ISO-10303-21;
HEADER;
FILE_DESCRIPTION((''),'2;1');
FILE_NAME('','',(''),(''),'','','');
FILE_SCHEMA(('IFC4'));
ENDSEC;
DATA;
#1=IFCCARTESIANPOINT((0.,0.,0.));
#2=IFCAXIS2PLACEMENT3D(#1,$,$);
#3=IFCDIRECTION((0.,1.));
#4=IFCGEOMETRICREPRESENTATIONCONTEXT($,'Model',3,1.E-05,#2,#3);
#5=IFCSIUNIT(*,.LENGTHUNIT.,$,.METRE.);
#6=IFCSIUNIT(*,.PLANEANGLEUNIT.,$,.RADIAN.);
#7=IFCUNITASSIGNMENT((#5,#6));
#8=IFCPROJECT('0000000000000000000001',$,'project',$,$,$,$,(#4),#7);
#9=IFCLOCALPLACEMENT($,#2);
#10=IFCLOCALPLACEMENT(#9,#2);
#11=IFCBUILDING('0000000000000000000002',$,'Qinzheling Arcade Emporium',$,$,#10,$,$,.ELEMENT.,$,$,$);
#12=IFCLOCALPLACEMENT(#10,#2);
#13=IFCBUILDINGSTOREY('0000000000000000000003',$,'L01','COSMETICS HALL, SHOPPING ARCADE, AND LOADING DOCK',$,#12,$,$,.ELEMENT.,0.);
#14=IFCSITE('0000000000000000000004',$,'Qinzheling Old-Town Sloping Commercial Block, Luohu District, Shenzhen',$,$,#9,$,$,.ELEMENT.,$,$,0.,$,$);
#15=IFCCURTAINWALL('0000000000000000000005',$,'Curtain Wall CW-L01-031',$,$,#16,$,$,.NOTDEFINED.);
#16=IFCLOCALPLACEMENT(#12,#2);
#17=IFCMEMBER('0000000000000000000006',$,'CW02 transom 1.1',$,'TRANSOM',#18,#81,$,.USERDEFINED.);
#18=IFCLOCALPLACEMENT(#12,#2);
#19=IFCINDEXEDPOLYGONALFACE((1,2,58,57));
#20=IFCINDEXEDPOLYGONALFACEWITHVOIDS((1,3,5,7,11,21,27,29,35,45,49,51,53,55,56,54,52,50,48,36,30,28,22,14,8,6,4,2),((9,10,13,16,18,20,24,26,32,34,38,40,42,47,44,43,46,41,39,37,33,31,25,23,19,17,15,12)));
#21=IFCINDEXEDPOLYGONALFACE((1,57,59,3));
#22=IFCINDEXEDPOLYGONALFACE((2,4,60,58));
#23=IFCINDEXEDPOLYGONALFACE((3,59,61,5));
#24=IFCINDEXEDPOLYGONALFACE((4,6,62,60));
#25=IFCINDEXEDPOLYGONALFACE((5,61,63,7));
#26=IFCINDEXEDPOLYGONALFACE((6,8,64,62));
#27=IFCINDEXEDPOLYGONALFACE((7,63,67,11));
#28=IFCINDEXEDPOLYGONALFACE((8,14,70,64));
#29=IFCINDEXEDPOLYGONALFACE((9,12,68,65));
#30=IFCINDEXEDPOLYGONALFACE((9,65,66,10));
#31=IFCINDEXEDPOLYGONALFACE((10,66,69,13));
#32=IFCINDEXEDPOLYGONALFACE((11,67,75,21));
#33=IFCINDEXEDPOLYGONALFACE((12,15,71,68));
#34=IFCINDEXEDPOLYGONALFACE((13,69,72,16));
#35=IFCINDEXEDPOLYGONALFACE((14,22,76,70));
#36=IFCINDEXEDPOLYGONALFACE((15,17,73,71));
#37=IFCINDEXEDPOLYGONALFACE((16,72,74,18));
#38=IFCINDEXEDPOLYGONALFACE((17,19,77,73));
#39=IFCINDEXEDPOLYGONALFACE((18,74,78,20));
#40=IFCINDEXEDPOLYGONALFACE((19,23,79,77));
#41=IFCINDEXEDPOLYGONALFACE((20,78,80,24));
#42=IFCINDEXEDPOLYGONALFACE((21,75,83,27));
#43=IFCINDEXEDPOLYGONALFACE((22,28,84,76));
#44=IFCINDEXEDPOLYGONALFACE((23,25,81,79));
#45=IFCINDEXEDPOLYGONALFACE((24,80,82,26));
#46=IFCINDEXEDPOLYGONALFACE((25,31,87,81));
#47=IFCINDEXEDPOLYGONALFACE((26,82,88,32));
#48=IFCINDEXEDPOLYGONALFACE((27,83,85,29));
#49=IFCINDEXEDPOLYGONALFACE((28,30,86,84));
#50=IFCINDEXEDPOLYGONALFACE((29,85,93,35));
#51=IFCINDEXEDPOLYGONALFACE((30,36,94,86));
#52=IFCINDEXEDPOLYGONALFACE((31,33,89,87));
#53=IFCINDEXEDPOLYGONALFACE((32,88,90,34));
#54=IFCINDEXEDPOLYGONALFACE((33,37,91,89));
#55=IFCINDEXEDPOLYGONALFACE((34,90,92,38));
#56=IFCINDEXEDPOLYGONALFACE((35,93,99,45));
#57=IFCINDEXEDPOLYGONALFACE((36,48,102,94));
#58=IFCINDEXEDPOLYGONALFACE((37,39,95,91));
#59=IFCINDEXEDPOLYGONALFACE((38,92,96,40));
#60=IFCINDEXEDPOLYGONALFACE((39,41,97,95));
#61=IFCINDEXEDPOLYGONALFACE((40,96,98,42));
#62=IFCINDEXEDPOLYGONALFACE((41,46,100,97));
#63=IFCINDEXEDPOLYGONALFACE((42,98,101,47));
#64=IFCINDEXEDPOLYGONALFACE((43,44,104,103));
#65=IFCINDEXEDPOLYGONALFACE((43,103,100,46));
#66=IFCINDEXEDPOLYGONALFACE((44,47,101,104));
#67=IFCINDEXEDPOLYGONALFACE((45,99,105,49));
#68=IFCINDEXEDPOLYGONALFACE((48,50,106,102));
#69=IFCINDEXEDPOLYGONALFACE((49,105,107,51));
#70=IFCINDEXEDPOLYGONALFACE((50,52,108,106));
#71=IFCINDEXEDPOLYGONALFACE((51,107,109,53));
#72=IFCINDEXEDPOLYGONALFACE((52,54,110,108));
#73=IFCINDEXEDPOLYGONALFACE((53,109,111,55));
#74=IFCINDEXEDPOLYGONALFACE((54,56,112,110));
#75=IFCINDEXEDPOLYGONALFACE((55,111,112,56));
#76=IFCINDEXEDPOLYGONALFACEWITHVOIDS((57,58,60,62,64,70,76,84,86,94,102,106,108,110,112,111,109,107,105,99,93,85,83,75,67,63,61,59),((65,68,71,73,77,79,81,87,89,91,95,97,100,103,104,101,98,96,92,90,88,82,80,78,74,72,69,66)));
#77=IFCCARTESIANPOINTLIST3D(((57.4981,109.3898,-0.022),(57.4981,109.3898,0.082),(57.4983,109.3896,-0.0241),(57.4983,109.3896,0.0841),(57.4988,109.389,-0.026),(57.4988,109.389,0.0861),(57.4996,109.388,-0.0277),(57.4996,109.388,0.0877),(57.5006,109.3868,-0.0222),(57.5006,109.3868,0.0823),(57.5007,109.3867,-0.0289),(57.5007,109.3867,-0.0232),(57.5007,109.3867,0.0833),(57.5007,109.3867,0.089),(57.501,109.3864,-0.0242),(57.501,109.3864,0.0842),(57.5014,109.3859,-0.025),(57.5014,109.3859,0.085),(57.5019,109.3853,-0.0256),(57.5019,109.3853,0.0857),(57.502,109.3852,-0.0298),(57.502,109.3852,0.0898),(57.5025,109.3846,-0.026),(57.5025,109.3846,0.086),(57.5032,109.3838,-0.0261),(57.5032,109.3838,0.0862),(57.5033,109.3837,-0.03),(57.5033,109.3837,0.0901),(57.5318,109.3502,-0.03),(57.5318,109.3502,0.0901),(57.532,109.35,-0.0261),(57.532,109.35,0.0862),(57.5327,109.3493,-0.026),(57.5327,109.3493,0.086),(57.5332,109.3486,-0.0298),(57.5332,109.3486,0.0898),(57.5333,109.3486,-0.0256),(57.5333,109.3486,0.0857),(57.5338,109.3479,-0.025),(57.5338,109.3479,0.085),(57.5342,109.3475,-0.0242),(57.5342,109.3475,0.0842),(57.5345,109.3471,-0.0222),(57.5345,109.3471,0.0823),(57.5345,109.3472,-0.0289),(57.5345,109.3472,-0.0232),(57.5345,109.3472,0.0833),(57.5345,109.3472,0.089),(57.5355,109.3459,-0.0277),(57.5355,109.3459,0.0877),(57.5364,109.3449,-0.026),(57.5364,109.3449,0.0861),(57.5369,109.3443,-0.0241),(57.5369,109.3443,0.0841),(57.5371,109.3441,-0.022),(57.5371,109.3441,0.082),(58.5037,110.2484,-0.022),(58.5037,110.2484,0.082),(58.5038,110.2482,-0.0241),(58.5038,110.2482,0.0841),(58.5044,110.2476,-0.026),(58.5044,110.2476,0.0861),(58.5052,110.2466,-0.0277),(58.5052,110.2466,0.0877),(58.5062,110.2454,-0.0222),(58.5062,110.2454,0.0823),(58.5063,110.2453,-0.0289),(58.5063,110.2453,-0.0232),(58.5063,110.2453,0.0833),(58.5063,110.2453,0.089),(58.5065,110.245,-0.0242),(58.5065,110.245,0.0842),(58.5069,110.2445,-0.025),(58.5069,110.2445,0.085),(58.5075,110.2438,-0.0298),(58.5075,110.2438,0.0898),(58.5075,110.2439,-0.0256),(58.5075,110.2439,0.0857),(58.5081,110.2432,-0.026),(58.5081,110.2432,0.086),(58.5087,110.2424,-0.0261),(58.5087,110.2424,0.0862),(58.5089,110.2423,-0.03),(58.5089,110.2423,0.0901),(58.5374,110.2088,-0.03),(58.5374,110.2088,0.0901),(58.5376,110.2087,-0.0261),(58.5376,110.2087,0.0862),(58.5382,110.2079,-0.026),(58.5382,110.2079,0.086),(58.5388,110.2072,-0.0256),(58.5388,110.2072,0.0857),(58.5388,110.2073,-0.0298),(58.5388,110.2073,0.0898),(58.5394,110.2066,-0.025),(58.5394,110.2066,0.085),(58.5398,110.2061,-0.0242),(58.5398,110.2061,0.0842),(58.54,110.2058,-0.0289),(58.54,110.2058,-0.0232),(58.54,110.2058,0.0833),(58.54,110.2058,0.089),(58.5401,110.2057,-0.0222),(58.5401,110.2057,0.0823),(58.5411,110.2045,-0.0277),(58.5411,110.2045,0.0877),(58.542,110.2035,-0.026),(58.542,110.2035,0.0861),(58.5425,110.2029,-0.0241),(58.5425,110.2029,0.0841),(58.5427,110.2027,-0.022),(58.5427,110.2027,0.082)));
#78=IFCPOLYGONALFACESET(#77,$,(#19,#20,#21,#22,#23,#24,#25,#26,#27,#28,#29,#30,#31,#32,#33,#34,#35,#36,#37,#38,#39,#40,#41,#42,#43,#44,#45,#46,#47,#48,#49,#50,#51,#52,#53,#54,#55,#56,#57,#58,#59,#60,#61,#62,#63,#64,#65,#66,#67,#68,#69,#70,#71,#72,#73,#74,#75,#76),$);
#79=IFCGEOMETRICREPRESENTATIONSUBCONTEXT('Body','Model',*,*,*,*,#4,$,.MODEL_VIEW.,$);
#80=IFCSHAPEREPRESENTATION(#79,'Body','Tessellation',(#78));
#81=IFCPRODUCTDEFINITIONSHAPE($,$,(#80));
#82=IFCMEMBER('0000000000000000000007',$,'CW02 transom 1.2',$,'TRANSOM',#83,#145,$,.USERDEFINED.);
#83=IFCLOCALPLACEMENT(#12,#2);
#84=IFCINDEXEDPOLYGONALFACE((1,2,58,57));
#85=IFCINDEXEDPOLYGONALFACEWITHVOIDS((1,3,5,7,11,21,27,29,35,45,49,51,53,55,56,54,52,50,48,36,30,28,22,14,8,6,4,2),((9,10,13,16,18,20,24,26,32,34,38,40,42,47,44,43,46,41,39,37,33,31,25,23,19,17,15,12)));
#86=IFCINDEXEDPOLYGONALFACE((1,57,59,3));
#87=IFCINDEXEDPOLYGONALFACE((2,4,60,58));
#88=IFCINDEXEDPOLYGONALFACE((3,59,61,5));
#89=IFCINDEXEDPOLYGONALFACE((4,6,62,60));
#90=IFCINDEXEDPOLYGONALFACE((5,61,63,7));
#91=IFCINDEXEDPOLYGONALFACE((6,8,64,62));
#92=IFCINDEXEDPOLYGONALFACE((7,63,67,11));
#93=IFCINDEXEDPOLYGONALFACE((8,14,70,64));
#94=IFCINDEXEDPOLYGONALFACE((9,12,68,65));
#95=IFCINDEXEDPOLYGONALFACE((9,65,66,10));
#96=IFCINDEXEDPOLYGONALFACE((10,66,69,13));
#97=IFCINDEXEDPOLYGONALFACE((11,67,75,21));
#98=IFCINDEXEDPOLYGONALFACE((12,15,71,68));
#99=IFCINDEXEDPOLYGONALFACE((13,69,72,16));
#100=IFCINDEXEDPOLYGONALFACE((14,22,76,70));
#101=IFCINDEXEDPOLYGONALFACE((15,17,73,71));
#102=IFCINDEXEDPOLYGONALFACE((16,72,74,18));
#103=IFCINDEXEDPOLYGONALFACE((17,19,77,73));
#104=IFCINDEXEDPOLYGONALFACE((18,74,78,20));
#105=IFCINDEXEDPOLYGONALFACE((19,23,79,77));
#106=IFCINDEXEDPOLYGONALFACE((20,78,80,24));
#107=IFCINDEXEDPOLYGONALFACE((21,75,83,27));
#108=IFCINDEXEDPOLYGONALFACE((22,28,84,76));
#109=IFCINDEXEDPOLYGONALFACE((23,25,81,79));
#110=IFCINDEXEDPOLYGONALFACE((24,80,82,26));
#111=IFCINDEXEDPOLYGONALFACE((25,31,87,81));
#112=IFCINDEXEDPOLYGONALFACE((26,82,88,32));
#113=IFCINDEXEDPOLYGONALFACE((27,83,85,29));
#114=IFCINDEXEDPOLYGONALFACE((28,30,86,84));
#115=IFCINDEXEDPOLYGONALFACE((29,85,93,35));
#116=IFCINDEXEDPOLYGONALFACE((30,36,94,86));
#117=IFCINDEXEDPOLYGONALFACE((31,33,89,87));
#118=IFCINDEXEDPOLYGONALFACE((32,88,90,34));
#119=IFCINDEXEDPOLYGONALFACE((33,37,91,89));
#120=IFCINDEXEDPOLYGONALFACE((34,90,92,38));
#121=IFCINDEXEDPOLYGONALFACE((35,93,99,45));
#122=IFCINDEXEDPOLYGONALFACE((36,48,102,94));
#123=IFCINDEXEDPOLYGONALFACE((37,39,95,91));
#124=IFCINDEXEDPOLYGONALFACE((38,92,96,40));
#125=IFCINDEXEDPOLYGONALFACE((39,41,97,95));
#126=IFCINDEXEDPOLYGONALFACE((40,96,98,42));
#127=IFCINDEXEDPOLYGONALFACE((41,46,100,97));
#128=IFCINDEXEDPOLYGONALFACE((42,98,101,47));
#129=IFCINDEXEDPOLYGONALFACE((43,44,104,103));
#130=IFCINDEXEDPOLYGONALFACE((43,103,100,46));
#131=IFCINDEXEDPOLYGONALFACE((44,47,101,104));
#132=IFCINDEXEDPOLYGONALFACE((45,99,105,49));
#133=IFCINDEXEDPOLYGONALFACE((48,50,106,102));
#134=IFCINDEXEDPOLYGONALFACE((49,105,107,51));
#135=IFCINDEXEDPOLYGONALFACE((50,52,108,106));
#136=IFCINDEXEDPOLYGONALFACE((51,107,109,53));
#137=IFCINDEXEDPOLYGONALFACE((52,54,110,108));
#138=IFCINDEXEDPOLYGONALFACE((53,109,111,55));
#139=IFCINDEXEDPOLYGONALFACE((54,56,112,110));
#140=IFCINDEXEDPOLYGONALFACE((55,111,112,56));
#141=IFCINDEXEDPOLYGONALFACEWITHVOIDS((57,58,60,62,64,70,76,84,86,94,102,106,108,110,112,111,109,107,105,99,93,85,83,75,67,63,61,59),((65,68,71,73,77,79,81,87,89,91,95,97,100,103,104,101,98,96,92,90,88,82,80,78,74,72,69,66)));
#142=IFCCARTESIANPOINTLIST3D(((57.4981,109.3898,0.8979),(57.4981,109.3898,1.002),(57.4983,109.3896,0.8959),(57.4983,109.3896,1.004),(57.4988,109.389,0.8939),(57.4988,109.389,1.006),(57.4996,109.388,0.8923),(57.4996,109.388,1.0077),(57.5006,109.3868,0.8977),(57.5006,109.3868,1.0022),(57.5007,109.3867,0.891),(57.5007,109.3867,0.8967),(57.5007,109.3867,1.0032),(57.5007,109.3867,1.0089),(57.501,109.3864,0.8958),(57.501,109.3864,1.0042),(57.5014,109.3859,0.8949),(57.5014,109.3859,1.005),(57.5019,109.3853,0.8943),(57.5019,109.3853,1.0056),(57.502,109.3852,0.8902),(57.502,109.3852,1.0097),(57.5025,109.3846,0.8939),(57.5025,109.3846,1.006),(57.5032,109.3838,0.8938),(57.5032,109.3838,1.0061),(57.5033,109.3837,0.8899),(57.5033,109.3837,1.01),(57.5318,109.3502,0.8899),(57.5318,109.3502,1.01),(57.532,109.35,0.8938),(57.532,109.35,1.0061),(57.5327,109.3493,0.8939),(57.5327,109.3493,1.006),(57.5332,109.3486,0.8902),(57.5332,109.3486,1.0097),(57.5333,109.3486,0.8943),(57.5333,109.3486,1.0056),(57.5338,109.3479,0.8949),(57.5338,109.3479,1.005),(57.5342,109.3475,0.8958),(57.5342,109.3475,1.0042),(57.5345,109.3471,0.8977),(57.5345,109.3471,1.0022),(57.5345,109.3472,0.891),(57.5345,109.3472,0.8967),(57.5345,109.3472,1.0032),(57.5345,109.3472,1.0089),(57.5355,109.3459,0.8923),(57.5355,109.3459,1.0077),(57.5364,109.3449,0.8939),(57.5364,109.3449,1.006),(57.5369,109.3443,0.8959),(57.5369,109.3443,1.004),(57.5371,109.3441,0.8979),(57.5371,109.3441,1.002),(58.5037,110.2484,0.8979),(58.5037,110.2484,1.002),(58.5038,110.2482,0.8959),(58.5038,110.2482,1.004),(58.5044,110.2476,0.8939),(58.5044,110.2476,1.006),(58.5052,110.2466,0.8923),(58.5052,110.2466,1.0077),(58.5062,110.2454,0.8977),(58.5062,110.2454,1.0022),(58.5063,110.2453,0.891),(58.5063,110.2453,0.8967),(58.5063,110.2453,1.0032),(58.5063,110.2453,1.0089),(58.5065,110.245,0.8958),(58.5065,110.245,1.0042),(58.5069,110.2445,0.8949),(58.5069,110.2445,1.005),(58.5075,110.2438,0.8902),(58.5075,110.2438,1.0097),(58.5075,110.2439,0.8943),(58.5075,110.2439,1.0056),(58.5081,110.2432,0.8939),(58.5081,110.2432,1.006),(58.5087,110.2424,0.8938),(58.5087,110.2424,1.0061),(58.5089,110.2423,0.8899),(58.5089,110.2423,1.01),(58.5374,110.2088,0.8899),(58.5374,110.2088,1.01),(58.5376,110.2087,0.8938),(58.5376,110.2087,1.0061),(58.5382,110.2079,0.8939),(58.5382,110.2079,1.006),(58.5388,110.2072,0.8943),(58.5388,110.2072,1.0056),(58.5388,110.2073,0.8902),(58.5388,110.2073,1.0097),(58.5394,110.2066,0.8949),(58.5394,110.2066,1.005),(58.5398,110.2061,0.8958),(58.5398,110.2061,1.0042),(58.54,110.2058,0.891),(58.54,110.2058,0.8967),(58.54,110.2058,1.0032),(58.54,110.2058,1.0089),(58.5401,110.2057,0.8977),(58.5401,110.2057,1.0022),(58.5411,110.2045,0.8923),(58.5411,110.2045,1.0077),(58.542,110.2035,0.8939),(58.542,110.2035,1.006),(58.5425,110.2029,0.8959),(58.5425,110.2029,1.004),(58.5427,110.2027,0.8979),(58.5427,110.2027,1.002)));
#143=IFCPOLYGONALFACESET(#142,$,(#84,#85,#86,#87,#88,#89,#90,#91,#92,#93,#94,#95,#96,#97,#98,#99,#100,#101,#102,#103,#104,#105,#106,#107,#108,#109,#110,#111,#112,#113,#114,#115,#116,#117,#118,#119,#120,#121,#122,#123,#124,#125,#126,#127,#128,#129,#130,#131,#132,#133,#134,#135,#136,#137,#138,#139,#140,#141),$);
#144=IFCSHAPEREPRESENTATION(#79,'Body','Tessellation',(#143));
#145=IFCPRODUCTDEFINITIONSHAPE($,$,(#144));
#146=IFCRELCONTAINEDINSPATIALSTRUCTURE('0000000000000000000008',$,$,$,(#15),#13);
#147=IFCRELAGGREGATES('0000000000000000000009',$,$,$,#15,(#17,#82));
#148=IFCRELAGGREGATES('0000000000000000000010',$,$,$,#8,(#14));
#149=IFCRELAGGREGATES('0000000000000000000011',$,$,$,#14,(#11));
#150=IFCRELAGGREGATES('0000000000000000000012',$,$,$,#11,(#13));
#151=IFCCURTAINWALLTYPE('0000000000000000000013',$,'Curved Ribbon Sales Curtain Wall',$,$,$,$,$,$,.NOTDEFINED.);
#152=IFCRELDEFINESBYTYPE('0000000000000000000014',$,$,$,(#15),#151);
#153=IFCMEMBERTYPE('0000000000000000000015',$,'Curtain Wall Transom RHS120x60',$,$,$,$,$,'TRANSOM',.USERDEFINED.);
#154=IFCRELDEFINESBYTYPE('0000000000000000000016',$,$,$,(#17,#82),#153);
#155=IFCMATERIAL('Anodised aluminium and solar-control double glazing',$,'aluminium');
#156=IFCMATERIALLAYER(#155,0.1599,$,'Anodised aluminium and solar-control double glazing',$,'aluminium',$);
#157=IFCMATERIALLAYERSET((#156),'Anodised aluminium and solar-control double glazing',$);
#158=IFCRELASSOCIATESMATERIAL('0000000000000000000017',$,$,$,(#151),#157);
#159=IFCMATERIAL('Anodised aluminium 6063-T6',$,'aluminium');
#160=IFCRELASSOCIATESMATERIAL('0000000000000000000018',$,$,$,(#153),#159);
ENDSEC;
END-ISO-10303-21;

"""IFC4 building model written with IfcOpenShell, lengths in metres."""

from ifc_helpers import new_model, si_unit, direction, frame, origin, origin_2d, place, context, subcontext, project, spatial, hollow_rectangle, extrude, material, layer, layer_set, material_profile, profile_set, type_object, element, aggregate, save


model = new_model("IFC4")

# Units and contexts
model_context = context("Model", 3, precision=1e-05, world=origin(), true_north=direction((0.0, 1.0)))
body_context = subcontext(model_context, "Body", "Model", "MODEL_VIEW")
ifc_project = project(units=[si_unit("LENGTHUNIT", "METRE"), si_unit("PLANEANGLEUNIT", "RADIAN")], contexts=[model_context])

# Site, building, storey
site_placement = place(None, origin())
site = spatial("IfcSite", under=ifc_project, at=site_placement, Name="Qinzheling Old-Town Sloping Commercial Block, Luohu District, Shenzhen", CompositionType="ELEMENT", RefElevation=0.0)
building_placement = place(site_placement, origin())
building = spatial("IfcBuilding", under=site, at=building_placement, Name="Qinzheling Arcade Emporium", CompositionType="ELEMENT")
storey_placement = place(building_placement, origin())
storey = spatial("IfcBuildingStorey", under=building, at=storey_placement, Name="L01", Description="COSMETICS HALL, SHOPPING ARCADE, AND LOADING DOCK", CompositionType="ELEMENT", Elevation=0.0)

# Shared definitions
ifc_material_1 = material(Name="Anodised aluminium and solar-control double glazing", Category="aluminium")
ifc_layer_1 = layer(ifc_material_1, 0.1599, Name="Anodised aluminium and solar-control double glazing", Category="aluminium")
ifc_layer_set_1 = layer_set([ifc_layer_1], Name="Anodised aluminium and solar-control double glazing")
curtain_wall_type = type_object("IfcCurtainWallType", Name="Curved Ribbon Sales Curtain Wall", PredefinedType="NOTDEFINED", material=ifc_layer_set_1)
ifc_material_2 = material(Name="Anodised aluminium 6063-T6", Category="aluminium")

# Curtain wall
curtain_wall_1_placement = place(storey_placement, origin())
curtain_wall_1 = element("IfcCurtainWall", 1, at=curtain_wall_1_placement, inside=storey, type_object=curtain_wall_type, Name="Curtain Wall CW-L01-031", PredefinedType="NOTDEFINED")

# Members
ifc_material_profile_1 = material_profile(ifc_material_2, hollow_rectangle(XDim=0.0601, YDim=0.1201, WallThickness=0.0039, InnerFilletRadius=0.0039, OuterFilletRadius=0.0081, at=origin_2d()), Name="RHS 120x60x4", Category="aluminium")
ifc_profile_set_1 = profile_set([ifc_material_profile_1], Name="Anodised aluminium 6063-T6")
member_type_1 = type_object("IfcMemberType", Name="Curtain Wall Transom RHS120x60", ElementType="TRANSOM", PredefinedType="USERDEFINED", material=ifc_profile_set_1)
member_1_placement = place(storey_placement, frame((57.5176, 109.3669, 0.03), z_axis=(0.760493, 0.649346, 0.0), x_axis=(-0.649346, 0.760493, 0.0)))
member_1 = element("IfcMember", 2, at=member_1_placement, type_object=member_type_1, Name="CW02 transom 1.1", ObjectType="TRANSOM", PredefinedType="USERDEFINED", context=body_context, shape_type="SweptSolid", body=[
    extrude(hollow_rectangle(XDim=0.0601, YDim=0.1201, WallThickness=0.0039, InnerFilletRadius=0.0039, OuterFilletRadius=0.0081, at=origin_2d()), origin(), (0.0, 0.0, 1.0), 1.3223),
])
member_2_placement = place(storey_placement, frame((57.5176, 109.3669, 0.95), z_axis=(0.760493, 0.649346, 0.0), x_axis=(-0.649346, 0.760493, 0.0)))
member_2 = element("IfcMember", 3, at=member_2_placement, type_object=member_type_1, Name="CW02 transom 1.2", ObjectType="TRANSOM", PredefinedType="USERDEFINED", context=body_context, shape_type="SweptSolid", body=[
    extrude(hollow_rectangle(XDim=0.0601, YDim=0.1201, WallThickness=0.0039, InnerFilletRadius=0.0039, OuterFilletRadius=0.0081, at=origin_2d()), origin(), (0.0, 0.0, 1.0), 1.3223),
])

aggregate(curtain_wall_1, [member_1, member_2])

save(model, "model.ifc")
